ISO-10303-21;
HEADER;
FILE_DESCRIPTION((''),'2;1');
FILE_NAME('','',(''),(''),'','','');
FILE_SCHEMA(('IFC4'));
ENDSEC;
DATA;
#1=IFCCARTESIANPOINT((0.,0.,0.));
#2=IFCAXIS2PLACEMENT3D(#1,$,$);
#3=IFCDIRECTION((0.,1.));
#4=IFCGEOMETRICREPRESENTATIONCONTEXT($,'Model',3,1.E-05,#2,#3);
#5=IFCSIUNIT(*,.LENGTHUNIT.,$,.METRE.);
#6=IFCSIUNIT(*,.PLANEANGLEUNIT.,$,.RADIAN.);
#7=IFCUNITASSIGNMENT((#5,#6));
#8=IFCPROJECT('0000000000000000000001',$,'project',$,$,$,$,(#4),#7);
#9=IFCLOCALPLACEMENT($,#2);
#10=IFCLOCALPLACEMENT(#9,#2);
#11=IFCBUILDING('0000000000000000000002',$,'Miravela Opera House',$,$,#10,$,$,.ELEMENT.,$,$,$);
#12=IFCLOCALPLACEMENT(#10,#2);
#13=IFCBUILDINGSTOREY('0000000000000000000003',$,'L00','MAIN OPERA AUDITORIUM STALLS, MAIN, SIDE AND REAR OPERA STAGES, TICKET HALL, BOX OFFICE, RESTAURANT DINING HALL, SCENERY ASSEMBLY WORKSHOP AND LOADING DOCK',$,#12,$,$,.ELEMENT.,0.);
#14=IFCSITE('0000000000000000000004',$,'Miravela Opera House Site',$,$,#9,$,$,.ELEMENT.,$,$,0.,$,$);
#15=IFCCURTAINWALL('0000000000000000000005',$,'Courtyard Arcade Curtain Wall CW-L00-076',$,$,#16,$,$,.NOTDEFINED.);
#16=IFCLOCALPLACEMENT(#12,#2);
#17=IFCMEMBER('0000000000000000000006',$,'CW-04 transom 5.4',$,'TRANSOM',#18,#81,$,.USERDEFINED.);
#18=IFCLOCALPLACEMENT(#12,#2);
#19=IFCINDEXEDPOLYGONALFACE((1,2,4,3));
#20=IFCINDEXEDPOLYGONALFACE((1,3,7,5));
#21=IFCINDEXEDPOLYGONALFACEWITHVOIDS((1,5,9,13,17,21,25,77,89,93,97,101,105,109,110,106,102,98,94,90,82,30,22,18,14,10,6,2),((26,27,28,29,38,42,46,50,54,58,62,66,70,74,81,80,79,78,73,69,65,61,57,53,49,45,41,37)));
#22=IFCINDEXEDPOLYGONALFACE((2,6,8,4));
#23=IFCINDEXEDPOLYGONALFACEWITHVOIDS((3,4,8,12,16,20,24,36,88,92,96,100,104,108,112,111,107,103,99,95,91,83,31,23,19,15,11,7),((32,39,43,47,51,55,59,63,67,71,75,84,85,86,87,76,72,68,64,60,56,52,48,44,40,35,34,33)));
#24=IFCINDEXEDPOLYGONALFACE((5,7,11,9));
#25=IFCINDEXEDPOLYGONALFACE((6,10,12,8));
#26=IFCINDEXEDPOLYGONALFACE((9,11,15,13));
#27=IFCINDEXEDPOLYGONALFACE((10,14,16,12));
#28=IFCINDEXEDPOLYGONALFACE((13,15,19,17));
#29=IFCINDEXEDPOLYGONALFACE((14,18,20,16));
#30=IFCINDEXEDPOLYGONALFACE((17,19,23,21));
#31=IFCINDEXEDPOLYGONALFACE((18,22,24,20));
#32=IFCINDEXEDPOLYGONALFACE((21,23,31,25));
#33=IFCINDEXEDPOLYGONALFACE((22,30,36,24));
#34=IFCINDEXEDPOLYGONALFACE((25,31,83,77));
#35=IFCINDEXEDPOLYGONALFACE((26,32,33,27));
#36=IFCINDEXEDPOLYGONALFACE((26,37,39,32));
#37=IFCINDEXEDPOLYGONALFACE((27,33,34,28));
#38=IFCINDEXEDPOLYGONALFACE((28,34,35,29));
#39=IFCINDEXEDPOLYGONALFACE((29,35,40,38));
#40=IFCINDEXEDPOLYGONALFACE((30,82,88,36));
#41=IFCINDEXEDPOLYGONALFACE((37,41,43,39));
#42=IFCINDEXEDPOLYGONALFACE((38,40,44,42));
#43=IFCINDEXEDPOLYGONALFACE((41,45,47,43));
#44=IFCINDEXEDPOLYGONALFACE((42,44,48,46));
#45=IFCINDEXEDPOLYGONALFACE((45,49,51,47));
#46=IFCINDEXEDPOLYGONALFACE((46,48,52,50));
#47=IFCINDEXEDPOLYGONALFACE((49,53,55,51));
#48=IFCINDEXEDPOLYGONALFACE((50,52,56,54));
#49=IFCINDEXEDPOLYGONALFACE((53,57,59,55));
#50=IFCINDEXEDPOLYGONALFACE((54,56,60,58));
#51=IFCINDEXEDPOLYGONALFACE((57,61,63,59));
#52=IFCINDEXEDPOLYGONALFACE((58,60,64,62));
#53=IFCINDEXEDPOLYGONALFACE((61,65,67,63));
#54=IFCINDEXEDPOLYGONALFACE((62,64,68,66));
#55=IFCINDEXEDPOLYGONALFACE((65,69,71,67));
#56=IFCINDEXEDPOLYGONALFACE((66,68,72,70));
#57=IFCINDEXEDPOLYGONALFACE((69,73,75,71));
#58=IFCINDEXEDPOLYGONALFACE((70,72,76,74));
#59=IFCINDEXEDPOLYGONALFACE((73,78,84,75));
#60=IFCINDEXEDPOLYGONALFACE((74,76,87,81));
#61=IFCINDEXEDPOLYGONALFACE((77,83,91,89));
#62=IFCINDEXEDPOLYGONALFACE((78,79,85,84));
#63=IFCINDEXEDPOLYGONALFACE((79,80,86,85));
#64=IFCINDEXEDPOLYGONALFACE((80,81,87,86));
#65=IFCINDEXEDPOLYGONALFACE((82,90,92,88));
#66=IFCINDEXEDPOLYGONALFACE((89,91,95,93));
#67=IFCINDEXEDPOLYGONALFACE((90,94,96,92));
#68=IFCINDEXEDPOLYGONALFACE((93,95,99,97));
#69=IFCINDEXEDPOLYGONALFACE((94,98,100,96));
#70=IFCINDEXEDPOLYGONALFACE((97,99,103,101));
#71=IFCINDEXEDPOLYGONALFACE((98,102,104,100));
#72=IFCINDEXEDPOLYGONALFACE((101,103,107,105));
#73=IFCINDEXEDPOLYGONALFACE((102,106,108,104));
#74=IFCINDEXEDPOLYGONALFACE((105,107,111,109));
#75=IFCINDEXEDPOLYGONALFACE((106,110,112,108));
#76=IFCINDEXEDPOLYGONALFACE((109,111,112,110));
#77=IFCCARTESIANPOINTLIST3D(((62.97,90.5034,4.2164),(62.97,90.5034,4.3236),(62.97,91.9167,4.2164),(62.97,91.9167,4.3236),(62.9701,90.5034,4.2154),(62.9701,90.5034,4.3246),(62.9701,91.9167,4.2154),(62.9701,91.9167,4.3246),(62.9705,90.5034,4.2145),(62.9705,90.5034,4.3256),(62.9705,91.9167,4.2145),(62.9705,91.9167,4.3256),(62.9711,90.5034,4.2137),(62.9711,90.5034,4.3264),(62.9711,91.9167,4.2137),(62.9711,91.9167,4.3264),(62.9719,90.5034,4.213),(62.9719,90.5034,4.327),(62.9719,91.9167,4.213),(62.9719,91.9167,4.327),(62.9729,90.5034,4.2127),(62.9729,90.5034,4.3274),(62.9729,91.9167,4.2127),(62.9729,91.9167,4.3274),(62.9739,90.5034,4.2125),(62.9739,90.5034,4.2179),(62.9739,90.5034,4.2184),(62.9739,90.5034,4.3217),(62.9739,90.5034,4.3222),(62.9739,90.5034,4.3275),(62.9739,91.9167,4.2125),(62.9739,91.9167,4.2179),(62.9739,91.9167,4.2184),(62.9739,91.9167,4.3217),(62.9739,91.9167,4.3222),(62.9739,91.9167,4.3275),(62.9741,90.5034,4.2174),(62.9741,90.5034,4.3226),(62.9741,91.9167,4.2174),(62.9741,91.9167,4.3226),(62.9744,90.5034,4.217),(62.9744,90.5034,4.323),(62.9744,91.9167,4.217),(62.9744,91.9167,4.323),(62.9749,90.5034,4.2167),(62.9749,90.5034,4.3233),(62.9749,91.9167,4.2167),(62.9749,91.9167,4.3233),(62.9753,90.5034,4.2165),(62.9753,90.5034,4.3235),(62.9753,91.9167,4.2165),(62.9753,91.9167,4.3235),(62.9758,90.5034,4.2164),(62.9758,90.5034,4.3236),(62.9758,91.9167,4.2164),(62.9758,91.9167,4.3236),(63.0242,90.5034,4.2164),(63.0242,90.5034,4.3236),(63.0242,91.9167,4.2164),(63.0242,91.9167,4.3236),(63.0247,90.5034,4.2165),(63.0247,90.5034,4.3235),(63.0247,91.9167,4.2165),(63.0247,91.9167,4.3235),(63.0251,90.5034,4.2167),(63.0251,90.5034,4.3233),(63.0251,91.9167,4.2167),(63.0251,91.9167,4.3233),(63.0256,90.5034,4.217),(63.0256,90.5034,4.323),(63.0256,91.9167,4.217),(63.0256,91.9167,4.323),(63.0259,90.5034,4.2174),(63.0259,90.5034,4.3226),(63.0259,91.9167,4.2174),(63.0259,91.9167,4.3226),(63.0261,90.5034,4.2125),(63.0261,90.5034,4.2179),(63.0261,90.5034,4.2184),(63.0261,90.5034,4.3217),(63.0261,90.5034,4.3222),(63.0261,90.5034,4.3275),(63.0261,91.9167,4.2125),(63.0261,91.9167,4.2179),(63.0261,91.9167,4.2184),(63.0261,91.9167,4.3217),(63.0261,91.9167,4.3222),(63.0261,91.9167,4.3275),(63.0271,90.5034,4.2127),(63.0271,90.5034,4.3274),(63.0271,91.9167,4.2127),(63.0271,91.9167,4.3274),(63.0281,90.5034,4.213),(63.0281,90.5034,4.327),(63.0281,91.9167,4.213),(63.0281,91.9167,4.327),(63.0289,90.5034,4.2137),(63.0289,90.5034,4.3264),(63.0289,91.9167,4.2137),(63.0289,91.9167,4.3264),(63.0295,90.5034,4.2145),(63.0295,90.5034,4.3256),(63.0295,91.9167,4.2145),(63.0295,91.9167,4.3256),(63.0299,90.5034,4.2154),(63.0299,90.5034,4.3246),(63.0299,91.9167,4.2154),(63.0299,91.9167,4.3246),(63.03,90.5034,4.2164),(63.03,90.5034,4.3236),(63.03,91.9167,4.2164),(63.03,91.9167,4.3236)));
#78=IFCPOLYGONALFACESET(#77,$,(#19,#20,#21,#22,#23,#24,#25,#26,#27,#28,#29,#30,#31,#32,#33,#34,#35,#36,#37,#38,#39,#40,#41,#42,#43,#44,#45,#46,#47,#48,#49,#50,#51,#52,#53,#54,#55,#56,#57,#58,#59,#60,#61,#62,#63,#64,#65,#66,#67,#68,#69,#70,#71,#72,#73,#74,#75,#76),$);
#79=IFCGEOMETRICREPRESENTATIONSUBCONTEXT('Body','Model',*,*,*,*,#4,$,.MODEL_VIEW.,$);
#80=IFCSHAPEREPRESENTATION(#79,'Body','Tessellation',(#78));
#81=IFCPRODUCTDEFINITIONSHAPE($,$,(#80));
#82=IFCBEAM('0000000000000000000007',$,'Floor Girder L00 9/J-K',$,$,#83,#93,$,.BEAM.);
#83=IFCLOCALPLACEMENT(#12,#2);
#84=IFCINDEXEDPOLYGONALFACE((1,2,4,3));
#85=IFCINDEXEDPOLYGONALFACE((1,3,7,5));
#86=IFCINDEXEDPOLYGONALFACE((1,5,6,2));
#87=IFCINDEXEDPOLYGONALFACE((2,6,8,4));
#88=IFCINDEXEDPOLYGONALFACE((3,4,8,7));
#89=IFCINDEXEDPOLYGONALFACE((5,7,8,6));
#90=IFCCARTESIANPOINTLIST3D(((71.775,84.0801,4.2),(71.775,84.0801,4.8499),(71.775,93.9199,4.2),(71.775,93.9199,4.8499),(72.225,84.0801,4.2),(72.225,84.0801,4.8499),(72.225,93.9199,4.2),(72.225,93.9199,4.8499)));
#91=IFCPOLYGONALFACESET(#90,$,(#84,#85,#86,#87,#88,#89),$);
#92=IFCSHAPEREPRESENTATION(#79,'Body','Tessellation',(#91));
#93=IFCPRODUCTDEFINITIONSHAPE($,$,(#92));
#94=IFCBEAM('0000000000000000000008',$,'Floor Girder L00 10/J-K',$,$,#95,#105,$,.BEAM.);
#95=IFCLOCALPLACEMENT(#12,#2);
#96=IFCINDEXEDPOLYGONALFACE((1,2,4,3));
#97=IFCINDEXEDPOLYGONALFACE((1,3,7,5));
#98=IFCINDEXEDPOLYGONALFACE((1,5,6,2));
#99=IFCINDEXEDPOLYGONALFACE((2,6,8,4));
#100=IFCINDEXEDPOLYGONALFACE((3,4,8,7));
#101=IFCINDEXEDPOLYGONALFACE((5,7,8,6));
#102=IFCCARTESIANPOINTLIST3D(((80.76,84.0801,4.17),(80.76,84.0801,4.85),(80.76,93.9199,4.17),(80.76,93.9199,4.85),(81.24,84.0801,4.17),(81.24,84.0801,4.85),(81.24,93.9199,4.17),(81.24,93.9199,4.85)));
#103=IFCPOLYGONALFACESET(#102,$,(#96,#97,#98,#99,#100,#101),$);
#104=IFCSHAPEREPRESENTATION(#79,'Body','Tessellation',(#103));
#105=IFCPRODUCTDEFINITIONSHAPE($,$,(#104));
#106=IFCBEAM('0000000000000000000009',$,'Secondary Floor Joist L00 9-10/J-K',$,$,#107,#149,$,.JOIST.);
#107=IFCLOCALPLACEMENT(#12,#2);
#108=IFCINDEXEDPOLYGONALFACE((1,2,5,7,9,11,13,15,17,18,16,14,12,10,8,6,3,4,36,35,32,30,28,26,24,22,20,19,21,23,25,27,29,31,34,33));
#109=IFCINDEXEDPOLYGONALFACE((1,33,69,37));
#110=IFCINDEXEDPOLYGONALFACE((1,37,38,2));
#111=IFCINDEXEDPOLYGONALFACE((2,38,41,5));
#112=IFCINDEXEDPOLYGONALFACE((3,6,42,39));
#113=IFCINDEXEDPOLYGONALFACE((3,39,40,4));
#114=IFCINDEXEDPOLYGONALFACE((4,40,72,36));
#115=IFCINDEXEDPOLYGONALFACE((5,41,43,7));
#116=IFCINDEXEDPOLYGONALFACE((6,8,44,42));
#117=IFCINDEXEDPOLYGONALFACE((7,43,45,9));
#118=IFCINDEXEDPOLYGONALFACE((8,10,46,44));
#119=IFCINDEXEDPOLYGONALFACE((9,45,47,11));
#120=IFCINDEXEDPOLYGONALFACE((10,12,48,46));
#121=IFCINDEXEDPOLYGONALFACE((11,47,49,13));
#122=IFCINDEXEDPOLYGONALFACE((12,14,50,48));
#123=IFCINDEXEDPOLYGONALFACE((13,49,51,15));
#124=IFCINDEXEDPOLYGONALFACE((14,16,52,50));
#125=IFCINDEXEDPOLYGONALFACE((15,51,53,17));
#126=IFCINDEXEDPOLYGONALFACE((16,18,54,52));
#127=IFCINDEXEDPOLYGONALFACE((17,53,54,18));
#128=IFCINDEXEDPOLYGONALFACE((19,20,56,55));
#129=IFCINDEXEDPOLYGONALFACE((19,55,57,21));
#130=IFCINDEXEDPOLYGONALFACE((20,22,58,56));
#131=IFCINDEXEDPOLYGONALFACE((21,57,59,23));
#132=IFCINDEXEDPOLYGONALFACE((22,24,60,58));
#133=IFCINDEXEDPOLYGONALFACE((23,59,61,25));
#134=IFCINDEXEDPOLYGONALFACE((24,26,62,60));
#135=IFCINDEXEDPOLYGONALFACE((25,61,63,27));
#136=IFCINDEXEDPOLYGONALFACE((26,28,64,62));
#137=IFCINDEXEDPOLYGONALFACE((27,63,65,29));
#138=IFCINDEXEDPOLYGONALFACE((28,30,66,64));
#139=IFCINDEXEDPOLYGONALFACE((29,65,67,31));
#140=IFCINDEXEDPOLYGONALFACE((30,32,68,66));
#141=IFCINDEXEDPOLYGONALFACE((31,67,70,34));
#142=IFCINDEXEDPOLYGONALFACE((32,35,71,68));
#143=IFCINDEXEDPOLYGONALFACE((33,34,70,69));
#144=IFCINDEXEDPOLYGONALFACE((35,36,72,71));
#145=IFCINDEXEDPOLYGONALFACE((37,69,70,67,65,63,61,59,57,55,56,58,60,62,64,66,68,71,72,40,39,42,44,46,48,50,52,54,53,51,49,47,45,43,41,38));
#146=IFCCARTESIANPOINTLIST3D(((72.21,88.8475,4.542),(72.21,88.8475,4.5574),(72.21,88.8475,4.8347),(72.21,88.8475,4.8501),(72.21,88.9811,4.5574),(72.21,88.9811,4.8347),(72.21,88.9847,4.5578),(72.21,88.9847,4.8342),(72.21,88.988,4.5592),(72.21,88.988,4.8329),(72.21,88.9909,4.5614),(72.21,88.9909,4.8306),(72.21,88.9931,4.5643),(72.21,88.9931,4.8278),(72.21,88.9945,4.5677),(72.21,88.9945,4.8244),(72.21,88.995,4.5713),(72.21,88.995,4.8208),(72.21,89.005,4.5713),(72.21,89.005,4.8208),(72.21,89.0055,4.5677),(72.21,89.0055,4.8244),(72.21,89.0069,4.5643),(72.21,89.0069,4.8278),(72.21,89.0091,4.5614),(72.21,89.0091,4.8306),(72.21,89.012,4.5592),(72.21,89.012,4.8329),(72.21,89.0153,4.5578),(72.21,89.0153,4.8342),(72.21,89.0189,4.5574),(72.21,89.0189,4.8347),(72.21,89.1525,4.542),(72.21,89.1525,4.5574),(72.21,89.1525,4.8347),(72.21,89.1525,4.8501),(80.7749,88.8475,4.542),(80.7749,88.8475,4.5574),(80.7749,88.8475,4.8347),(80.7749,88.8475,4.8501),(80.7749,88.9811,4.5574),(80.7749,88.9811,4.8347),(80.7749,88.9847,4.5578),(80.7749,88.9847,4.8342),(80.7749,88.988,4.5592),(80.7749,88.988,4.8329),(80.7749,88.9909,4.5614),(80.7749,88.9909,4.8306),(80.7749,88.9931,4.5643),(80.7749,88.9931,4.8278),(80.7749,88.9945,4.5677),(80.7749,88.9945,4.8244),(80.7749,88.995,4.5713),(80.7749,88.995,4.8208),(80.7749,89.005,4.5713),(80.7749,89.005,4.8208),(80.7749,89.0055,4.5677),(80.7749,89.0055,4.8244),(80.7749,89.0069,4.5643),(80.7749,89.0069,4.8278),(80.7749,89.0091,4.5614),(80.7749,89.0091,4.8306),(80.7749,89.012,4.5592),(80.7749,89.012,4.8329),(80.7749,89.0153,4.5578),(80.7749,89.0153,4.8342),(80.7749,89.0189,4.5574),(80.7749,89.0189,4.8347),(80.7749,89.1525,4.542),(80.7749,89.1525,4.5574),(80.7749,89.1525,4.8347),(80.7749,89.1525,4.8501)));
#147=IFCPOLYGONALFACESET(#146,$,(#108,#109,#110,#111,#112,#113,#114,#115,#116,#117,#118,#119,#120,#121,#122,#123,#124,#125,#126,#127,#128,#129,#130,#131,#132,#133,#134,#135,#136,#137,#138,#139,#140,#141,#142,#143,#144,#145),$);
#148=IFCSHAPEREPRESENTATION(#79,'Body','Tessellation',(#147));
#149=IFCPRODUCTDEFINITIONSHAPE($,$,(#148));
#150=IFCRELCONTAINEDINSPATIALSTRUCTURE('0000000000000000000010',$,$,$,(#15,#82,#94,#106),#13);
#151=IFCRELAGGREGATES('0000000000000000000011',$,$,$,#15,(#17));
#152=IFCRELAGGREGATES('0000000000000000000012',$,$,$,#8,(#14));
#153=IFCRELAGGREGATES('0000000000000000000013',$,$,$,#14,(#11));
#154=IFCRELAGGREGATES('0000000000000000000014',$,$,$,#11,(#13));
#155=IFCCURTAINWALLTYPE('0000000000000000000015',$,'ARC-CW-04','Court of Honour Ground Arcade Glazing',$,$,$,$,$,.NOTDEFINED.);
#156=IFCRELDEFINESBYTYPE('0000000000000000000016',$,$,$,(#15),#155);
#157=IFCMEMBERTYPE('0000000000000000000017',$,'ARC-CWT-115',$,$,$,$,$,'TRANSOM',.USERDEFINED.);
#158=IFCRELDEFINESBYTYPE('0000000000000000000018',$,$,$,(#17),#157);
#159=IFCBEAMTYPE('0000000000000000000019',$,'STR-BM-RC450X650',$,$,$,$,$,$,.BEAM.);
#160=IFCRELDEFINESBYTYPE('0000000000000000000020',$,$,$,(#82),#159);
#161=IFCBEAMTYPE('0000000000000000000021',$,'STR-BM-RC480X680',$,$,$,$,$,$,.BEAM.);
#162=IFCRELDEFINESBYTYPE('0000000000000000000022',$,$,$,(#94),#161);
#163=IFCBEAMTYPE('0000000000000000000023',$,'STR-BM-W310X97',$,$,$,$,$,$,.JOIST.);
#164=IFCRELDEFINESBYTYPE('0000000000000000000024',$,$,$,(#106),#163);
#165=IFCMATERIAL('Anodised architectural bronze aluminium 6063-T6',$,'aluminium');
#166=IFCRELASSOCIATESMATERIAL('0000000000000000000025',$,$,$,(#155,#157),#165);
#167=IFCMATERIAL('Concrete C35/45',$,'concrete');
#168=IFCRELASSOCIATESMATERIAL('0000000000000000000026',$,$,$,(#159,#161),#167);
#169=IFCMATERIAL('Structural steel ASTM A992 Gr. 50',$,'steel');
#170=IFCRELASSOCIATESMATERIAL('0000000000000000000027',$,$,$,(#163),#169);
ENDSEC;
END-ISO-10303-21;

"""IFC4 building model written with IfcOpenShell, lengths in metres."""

from ifc_helpers import new_model, si_unit, direction, frame, origin, origin_2d, place, context, subcontext, project, spatial, rectangle, hollow_rectangle, i_section, extrude, material, material_profile, profile_set, type_object, element, aggregate, save


model = new_model("IFC4")

# Units and contexts
model_context = context("Model", 3, precision=1e-05, world=origin(), true_north=direction((0.0, 1.0)))
body_context = subcontext(model_context, "Body", "Model", "MODEL_VIEW")
ifc_project = project(units=[si_unit("LENGTHUNIT", "METRE"), si_unit("PLANEANGLEUNIT", "RADIAN")], contexts=[model_context])

# Site, building, storey
site_placement = place(None, origin())
site = spatial("IfcSite", under=ifc_project, at=site_placement, Name="Miravela Opera House Site", CompositionType="ELEMENT", RefElevation=0.0)
building_placement = place(site_placement, origin())
building = spatial("IfcBuilding", under=site, at=building_placement, Name="Miravela Opera House", CompositionType="ELEMENT")
storey_placement = place(building_placement, origin())
storey = spatial("IfcBuildingStorey", under=building, at=storey_placement, Name="L00", Description="MAIN OPERA AUDITORIUM STALLS, MAIN, SIDE AND REAR OPERA STAGES, TICKET HALL, BOX OFFICE, RESTAURANT DINING HALL, SCENERY ASSEMBLY WORKSHOP AND LOADING DOCK", CompositionType="ELEMENT", Elevation=0.0)

# Curtain wall, member
ifc_material_1 = material(Name="Anodised architectural bronze aluminium 6063-T6", Category="aluminium")
curtain_wall_type = type_object("IfcCurtainWallType", Name="ARC-CW-04", Description="Court of Honour Ground Arcade Glazing", PredefinedType="NOTDEFINED", material=ifc_material_1)
curtain_wall_placement = place(storey_placement, origin())
curtain_wall = element("IfcCurtainWall", 1, at=curtain_wall_placement, inside=storey, type_object=curtain_wall_type, Name="Courtyard Arcade Curtain Wall CW-L00-076", PredefinedType="NOTDEFINED")
ifc_material_profile_1 = material_profile(ifc_material_1, hollow_rectangle(XDim=0.0601, YDim=0.115, WallThickness=0.0039, InnerFilletRadius=0.002, OuterFilletRadius=0.0039, at=origin_2d()), Name="CWT-60X115")
ifc_profile_set_1 = profile_set([ifc_material_profile_1])
member_type_1 = type_object("IfcMemberType", Name="ARC-CWT-115", ElementType="TRANSOM", PredefinedType="USERDEFINED", material=ifc_profile_set_1)
member_1_placement = place(storey_placement, frame((63.0, 90.5034, 4.27), z_axis=(0.0, 1.0, 0.0), x_axis=(-1.0, 0.0, 0.0)))
member_1 = element("IfcMember", 2, at=member_1_placement, type_object=member_type_1, Name="CW-04 transom 5.4", ObjectType="TRANSOM", PredefinedType="USERDEFINED", context=body_context, shape_type="SweptSolid", body=[
    extrude(hollow_rectangle(XDim=0.0601, YDim=0.115, WallThickness=0.0039, InnerFilletRadius=0.002, OuterFilletRadius=0.0039, at=origin_2d()), origin(), (0.0, 0.0, 1.0), 1.4133),
])

# Beams
ifc_material_2 = material(Name="Concrete C35/45", Category="concrete")
ifc_material_profile_2 = material_profile(ifc_material_2, rectangle(XDim=0.45, YDim=0.6499, at=origin_2d()), Name="RC-BM-450X650")
ifc_profile_set_2 = profile_set([ifc_material_profile_2])
beam_type_1 = type_object("IfcBeamType", Name="STR-BM-RC450X650", PredefinedType="BEAM", material=ifc_profile_set_2)
beam_1_placement = place(storey_placement, frame((72.0, 84.0801, 4.5249), z_axis=(0.0, 1.0, 0.0), x_axis=(-1.0, 0.0, 0.0)))
element("IfcBeam", 3, at=beam_1_placement, inside=storey, type_object=beam_type_1, Name="Floor Girder L00 9/J-K", PredefinedType="BEAM", context=body_context, shape_type="SweptSolid", body=[
    extrude(rectangle(XDim=0.45, YDim=0.6499, at=origin_2d()), origin(), (0.0, 0.0, 1.0), 9.8398),
])
ifc_material_profile_3 = material_profile(ifc_material_2, rectangle(XDim=0.48, YDim=0.6799, at=origin_2d()), Name="RC-BM-480X680")
ifc_profile_set_3 = profile_set([ifc_material_profile_3])
beam_type_2 = type_object("IfcBeamType", Name="STR-BM-RC480X680", PredefinedType="BEAM", material=ifc_profile_set_3)
beam_2_placement = place(storey_placement, frame((81.0, 84.0801, 4.51), z_axis=(0.0, 1.0, 0.0), x_axis=(-1.0, 0.0, 0.0)))
element("IfcBeam", 4, at=beam_2_placement, inside=storey, type_object=beam_type_2, Name="Floor Girder L00 10/J-K", PredefinedType="BEAM", context=body_context, shape_type="SweptSolid", body=[
    extrude(rectangle(XDim=0.48, YDim=0.6799, at=origin_2d()), origin(), (0.0, 0.0, 1.0), 9.8398),
])
ifc_material_3 = material(Name="Structural steel ASTM A992 Gr. 50", Category="steel")
ifc_material_profile_4 = material_profile(ifc_material_3, i_section(OverallWidth=0.3049, OverallDepth=0.3081, WebThickness=0.01, FlangeThickness=0.0154, FilletRadius=0.0139, at=origin_2d()), Name="W310X97")
ifc_profile_set_4 = profile_set([ifc_material_profile_4])
beam_type_3 = type_object("IfcBeamType", Name="STR-BM-W310X97", PredefinedType="JOIST", material=ifc_profile_set_4)
beam_3_placement = place(storey_placement, frame((72.21, 89.0, 4.696), z_axis=(1.0, 0.0, 0.0), x_axis=(0.0, 1.0, 0.0)))
element("IfcBeam", 5, at=beam_3_placement, inside=storey, type_object=beam_type_3, Name="Secondary Floor Joist L00 9-10/J-K", PredefinedType="JOIST", context=body_context, shape_type="SweptSolid", body=[
    extrude(i_section(OverallWidth=0.3049, OverallDepth=0.3081, WebThickness=0.01, FlangeThickness=0.0154, FilletRadius=0.0139, at=origin_2d()), origin(), (0.0, 0.0, 1.0), 8.5649),
])

aggregate(curtain_wall, [member_1])

save(model, "model.ifc")
